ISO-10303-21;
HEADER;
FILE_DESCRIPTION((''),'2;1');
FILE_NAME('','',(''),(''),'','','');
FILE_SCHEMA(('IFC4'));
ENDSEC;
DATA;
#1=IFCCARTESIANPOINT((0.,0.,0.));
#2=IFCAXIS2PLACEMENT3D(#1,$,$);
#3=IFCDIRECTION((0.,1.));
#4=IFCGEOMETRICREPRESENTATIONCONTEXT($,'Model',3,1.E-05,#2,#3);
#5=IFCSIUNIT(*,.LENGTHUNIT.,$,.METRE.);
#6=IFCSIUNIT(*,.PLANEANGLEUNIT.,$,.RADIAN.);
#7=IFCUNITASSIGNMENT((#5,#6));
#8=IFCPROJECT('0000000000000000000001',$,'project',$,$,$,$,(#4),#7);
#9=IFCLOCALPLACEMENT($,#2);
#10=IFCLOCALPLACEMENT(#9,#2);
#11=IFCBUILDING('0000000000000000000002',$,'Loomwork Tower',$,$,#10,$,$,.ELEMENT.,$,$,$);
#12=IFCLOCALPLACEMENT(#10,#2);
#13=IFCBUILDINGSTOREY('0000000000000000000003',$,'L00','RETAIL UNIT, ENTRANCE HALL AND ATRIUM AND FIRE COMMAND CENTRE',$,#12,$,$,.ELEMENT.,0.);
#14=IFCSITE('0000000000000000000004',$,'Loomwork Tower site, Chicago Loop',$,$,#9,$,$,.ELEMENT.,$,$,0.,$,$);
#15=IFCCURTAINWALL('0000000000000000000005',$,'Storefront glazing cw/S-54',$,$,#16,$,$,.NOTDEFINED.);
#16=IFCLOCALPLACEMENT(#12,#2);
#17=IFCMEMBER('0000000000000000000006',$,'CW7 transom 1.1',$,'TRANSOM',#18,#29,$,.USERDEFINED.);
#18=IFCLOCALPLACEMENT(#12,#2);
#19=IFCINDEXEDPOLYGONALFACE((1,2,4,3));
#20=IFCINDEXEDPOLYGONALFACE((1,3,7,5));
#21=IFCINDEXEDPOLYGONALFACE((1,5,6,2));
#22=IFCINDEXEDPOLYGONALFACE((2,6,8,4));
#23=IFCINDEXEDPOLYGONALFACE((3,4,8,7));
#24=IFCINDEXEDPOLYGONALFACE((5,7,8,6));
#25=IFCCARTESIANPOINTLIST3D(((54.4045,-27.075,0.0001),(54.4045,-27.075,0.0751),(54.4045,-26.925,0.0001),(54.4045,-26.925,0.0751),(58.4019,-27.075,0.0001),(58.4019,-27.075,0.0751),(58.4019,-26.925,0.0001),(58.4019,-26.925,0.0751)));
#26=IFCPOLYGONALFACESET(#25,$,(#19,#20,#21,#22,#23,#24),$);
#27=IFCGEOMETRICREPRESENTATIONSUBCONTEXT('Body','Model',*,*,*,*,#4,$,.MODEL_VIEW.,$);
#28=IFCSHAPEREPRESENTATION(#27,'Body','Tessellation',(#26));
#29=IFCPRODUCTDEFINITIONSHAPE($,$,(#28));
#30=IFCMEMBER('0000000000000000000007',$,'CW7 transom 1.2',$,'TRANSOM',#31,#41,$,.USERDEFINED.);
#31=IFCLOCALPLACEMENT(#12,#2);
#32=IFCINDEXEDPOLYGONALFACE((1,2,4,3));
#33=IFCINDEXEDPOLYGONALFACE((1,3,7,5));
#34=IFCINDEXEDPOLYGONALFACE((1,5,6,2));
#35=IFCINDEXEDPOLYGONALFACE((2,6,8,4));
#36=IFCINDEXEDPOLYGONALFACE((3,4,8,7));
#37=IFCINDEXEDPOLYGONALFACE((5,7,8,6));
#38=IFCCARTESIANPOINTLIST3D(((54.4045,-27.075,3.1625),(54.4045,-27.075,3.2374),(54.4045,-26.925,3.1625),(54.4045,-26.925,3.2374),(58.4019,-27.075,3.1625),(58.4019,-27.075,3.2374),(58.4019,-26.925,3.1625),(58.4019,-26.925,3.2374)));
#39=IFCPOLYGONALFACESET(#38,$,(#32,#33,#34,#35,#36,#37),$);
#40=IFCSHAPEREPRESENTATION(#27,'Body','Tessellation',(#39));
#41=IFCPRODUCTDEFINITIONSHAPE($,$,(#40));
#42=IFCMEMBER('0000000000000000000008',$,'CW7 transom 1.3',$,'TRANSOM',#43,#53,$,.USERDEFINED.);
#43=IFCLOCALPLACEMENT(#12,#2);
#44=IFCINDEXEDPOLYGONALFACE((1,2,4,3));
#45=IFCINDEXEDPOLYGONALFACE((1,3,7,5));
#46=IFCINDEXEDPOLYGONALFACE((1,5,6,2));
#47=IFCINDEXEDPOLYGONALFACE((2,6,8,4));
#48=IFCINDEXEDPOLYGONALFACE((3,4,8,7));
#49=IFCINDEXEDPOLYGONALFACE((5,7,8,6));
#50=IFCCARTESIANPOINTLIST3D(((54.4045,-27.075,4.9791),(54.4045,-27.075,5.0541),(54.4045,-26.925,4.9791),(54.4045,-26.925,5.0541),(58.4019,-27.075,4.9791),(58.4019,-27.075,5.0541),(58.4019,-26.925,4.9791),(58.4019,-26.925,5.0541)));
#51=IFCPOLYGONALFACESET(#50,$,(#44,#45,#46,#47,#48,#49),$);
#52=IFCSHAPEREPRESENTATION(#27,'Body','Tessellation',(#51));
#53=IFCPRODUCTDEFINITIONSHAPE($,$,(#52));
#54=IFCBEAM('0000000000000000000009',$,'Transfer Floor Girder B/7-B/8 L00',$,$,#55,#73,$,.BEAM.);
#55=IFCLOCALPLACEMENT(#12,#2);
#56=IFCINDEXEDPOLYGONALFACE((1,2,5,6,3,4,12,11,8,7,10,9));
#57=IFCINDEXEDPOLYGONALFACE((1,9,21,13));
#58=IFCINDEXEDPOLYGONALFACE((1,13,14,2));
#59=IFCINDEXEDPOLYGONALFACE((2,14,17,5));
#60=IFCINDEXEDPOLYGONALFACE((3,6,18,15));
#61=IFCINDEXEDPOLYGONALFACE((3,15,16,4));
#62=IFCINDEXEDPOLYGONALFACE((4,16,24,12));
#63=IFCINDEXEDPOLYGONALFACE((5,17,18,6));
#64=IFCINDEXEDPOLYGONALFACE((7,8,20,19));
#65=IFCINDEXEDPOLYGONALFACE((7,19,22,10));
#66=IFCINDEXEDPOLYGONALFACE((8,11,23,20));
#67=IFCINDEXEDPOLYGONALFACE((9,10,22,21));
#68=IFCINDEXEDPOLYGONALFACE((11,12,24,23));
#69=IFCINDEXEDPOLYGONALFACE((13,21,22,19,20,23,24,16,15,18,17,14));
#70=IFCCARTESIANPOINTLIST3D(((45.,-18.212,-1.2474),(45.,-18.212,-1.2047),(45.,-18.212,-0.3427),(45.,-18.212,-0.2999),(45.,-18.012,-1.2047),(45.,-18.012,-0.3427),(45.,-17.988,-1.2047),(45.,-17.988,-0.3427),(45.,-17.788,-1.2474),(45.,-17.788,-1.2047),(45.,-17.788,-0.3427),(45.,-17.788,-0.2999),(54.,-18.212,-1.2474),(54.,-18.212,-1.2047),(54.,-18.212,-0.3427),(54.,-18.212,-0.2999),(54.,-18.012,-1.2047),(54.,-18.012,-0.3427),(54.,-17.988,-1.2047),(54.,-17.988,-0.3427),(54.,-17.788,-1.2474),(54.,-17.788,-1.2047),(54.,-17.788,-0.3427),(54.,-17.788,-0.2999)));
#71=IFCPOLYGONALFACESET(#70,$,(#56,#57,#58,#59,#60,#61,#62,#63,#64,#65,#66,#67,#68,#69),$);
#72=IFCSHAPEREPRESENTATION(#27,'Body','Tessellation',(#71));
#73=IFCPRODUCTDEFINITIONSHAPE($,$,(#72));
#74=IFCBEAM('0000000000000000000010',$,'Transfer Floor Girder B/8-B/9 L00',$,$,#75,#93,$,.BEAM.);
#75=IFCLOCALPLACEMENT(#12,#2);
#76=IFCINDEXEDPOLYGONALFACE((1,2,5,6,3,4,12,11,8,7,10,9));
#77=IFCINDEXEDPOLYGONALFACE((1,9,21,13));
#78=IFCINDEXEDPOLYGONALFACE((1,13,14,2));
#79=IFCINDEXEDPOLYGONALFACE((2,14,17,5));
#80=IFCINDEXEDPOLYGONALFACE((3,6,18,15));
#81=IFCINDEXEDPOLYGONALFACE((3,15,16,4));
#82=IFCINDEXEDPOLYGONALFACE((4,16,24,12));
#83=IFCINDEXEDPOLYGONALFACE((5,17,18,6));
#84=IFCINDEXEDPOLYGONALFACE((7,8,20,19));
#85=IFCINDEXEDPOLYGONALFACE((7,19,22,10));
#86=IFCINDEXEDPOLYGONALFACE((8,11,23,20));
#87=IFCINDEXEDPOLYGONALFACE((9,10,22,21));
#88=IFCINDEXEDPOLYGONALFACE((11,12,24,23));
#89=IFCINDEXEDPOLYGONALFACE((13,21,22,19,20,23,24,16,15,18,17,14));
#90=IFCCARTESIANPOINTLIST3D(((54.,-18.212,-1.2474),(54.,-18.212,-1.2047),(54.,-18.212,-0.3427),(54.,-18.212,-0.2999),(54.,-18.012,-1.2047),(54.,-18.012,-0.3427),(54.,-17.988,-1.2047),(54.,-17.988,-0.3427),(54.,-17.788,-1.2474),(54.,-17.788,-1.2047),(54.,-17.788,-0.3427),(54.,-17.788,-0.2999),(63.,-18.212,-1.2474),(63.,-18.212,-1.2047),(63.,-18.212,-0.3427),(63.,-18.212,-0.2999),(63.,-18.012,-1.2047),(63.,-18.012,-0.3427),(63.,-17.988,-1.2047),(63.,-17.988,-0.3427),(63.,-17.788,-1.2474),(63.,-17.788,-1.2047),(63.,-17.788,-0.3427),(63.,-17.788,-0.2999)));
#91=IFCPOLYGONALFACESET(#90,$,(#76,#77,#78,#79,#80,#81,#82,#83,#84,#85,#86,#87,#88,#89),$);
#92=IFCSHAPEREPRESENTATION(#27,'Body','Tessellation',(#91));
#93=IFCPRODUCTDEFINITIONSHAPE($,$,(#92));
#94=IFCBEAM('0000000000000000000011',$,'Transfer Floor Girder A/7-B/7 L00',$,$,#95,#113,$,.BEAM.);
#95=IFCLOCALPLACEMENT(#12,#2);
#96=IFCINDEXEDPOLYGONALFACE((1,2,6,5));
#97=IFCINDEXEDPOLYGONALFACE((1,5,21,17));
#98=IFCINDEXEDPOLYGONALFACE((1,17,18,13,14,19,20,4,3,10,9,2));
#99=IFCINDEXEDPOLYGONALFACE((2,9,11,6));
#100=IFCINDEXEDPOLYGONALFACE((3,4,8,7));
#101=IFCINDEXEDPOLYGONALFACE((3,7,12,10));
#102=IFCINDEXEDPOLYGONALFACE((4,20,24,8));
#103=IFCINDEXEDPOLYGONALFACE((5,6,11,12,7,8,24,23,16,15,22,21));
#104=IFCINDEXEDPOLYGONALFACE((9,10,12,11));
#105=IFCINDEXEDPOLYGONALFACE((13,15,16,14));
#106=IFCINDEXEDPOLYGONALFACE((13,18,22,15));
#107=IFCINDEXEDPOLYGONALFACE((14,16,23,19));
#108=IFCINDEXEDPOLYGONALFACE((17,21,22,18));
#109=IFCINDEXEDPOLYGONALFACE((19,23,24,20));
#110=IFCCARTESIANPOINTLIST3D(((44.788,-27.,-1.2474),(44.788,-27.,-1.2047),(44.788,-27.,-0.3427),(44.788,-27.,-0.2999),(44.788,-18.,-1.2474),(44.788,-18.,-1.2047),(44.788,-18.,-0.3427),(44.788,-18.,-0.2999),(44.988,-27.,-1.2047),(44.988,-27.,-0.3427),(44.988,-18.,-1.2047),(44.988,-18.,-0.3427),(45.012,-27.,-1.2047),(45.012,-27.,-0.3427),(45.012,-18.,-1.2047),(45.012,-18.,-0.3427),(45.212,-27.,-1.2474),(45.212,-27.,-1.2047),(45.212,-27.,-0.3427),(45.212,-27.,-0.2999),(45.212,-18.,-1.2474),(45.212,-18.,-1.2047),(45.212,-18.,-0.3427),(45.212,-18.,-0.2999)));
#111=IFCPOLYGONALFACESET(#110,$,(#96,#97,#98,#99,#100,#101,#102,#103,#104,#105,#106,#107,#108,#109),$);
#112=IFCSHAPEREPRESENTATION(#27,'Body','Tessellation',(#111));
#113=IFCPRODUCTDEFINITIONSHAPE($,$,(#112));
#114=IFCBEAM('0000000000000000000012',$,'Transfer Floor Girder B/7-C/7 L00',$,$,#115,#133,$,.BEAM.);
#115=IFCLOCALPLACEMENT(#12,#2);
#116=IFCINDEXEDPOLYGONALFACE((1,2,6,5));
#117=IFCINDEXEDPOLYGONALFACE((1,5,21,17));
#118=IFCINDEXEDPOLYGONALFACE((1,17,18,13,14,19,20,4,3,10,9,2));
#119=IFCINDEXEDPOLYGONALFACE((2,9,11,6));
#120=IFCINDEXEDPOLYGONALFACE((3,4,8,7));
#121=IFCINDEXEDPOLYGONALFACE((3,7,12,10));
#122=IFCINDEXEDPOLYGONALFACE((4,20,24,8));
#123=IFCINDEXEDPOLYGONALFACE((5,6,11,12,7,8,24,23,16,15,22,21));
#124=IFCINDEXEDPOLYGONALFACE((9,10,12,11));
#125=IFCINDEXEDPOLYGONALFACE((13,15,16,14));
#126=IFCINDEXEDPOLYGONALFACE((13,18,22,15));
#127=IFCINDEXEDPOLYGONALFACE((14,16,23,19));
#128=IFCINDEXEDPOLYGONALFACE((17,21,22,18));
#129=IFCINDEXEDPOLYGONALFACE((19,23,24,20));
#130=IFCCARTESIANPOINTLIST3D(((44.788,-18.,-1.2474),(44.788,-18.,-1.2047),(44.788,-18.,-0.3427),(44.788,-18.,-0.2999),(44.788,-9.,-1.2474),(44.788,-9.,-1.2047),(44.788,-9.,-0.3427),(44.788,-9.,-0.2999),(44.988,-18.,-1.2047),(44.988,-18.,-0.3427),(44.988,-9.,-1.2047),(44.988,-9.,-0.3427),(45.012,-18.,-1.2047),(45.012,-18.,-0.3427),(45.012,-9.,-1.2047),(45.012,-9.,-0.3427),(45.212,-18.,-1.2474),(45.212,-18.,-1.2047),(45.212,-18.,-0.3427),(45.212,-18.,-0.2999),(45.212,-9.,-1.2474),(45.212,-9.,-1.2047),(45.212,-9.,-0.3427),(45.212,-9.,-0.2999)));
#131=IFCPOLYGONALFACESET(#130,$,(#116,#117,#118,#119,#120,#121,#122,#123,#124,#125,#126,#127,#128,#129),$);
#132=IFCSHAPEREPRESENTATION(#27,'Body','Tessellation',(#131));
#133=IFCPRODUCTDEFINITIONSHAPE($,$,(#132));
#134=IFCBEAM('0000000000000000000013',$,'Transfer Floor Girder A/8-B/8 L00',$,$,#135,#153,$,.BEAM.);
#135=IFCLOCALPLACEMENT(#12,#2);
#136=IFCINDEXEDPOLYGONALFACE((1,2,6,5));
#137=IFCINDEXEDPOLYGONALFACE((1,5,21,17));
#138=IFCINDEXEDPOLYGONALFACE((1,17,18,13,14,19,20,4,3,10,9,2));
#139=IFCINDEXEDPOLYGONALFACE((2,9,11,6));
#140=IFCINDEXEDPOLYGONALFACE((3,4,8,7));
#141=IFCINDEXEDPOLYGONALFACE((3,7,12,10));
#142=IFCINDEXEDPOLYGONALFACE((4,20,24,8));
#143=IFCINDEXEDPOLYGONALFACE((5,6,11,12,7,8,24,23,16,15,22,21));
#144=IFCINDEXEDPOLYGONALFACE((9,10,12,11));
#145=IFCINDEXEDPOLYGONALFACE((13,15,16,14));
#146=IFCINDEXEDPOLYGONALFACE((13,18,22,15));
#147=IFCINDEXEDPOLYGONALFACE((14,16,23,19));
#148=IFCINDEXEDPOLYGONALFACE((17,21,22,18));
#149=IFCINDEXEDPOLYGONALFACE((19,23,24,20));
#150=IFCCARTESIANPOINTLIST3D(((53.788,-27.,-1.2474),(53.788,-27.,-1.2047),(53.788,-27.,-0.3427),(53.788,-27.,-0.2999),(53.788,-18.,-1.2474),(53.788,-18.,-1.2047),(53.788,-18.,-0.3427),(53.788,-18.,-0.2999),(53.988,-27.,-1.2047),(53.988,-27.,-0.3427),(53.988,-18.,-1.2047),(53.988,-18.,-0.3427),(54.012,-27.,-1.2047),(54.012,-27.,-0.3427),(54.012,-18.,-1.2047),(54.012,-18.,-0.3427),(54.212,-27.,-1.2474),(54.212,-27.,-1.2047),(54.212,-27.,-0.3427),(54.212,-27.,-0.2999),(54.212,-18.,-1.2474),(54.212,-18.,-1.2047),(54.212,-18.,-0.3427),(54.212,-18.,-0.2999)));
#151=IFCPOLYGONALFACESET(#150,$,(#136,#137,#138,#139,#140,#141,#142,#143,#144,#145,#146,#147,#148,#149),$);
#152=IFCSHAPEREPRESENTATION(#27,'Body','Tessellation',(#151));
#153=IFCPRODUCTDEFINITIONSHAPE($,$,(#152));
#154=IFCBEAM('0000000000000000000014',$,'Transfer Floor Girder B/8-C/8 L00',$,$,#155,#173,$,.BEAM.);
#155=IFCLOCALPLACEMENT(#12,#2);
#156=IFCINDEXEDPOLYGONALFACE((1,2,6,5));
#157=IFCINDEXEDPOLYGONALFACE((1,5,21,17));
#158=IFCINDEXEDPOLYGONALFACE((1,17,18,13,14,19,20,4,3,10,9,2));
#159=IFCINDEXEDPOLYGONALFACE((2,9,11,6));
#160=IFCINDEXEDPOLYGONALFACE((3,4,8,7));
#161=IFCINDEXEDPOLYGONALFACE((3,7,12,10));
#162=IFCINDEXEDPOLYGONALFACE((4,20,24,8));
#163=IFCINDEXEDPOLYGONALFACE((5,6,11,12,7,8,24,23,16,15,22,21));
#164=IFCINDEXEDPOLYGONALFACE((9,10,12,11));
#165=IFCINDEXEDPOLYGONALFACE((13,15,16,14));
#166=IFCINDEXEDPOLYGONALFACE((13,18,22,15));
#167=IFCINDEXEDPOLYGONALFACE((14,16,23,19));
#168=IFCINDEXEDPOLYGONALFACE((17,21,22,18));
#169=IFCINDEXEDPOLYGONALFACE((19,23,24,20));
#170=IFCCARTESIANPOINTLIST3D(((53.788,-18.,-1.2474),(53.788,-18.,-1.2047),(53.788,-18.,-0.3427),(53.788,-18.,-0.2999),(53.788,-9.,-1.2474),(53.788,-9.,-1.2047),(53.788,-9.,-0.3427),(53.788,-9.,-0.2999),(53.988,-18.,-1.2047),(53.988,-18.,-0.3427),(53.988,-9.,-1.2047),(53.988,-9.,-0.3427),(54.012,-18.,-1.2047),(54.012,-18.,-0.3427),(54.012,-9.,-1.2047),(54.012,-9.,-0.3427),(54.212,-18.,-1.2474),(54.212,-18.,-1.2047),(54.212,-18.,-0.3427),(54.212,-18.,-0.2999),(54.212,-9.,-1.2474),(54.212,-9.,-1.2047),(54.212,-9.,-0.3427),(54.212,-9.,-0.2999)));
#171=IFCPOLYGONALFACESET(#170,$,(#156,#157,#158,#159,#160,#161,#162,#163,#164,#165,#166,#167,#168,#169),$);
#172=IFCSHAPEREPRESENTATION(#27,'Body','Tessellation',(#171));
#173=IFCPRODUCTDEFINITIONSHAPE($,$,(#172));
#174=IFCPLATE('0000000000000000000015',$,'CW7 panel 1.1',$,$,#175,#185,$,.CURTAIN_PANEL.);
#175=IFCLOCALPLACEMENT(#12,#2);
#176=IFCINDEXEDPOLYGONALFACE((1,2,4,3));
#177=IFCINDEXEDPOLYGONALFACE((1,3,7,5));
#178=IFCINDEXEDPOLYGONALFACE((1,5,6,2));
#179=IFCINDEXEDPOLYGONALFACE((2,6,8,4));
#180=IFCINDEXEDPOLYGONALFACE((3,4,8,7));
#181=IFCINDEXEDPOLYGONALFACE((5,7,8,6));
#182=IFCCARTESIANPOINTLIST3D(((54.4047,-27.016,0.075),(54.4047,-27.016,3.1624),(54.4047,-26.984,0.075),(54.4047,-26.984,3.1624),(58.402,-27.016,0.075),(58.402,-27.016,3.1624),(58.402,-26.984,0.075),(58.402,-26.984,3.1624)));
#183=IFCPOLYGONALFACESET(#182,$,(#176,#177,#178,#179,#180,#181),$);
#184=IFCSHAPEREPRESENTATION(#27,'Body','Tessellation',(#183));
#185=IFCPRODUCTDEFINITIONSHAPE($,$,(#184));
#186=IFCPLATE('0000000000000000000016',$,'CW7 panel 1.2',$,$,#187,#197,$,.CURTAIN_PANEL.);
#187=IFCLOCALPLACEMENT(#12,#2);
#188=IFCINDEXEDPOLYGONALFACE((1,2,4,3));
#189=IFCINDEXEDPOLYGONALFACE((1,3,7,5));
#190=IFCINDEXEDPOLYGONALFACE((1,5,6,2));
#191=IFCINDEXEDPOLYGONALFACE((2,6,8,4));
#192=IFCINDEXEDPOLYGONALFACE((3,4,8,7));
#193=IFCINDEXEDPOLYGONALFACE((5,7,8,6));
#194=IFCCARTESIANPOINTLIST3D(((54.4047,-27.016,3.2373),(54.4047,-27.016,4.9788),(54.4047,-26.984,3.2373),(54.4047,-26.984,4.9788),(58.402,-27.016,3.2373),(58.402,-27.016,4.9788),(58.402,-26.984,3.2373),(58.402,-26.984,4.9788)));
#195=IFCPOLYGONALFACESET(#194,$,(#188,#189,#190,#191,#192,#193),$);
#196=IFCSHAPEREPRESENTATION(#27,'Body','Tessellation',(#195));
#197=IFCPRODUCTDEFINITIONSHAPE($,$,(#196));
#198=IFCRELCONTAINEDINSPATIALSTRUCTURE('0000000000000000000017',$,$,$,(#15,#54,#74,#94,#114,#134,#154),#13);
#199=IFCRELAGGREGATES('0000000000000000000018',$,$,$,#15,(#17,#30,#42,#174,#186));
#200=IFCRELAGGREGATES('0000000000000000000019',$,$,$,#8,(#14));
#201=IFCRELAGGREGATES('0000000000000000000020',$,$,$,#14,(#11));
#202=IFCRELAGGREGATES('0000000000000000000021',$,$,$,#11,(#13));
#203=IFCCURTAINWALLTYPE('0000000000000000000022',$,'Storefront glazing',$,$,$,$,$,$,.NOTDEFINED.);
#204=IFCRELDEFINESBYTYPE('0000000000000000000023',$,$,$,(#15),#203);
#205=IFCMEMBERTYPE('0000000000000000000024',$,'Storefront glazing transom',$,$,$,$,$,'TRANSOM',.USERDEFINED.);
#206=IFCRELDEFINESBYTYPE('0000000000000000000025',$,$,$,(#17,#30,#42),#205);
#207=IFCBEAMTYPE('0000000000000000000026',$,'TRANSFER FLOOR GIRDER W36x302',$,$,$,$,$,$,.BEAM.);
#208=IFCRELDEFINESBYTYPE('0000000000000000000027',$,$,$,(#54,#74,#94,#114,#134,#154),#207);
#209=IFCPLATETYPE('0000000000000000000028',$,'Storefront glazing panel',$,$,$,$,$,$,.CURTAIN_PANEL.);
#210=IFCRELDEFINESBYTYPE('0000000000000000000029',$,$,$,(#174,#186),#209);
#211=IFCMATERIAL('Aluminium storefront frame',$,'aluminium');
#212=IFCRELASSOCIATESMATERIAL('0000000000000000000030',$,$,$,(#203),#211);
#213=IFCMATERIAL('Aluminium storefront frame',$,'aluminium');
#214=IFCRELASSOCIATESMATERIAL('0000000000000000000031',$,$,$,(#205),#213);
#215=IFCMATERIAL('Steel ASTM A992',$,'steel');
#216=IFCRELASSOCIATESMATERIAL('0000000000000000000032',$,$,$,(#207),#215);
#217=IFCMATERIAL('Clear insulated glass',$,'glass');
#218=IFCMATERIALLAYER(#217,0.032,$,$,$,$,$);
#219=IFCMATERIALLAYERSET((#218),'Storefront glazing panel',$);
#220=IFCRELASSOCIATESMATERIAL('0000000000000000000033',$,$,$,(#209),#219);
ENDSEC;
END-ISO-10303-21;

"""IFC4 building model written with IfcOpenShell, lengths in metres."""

from ifc_helpers import new_model, si_unit, direction, frame, origin, origin_2d, place, context, subcontext, project, spatial, rectangle, i_section, extrude, material, layer, layer_set, material_profile, profile_set, type_object, element, aggregate, save


model = new_model("IFC4")

# Units and contexts
model_context = context("Model", 3, precision=1e-05, world=origin(), true_north=direction((0.0, 1.0)))
body_context = subcontext(model_context, "Body", "Model", "MODEL_VIEW")
ifc_project = project(units=[si_unit("LENGTHUNIT", "METRE"), si_unit("PLANEANGLEUNIT", "RADIAN")], contexts=[model_context])

# Site, building, storey
site_placement = place(None, origin())
site = spatial("IfcSite", under=ifc_project, at=site_placement, Name="Loomwork Tower site, Chicago Loop", CompositionType="ELEMENT", RefElevation=0.0)
building_placement = place(site_placement, origin())
building = spatial("IfcBuilding", under=site, at=building_placement, Name="Loomwork Tower", CompositionType="ELEMENT")
storey_placement = place(building_placement, origin())
storey = spatial("IfcBuildingStorey", under=building, at=storey_placement, Name="L00", Description="RETAIL UNIT, ENTRANCE HALL AND ATRIUM AND FIRE COMMAND CENTRE", CompositionType="ELEMENT", Elevation=0.0)

# Curtain wall, members
ifc_material_1 = material(Name="Aluminium storefront frame", Category="aluminium")
curtain_wall_type = type_object("IfcCurtainWallType", Name="Storefront glazing", PredefinedType="NOTDEFINED", material=ifc_material_1)
curtain_wall_placement = place(storey_placement, origin())
curtain_wall = element("IfcCurtainWall", 1, at=curtain_wall_placement, inside=storey, type_object=curtain_wall_type, Name="Storefront glazing cw/S-54", PredefinedType="NOTDEFINED")
ifc_material_2 = material(Name="Aluminium storefront frame", Category="aluminium")
ifc_material_profile_1 = material_profile(ifc_material_2, rectangle(XDim=0.1499, YDim=0.075, at=origin_2d()), Name="AL 75x150")
ifc_profile_set_1 = profile_set([ifc_material_profile_1], Name="Aluminium storefront frame")
member_type_1 = type_object("IfcMemberType", Name="Storefront glazing transom", ElementType="TRANSOM", PredefinedType="USERDEFINED", material=ifc_profile_set_1)
member_1_placement = place(storey_placement, frame((54.4045, -27.0, 0.0376), z_axis=(1.0, 0.0, 0.0), x_axis=(0.0, 1.0, 0.0)))
member_1 = element("IfcMember", 2, at=member_1_placement, type_object=member_type_1, Name="CW7 transom 1.1", ObjectType="TRANSOM", PredefinedType="USERDEFINED", context=body_context, shape_type="SweptSolid", body=[
    extrude(rectangle(XDim=0.1499, YDim=0.075, at=origin_2d()), origin(), (0.0, 0.0, 1.0), 3.9973),
])
member_2_placement = place(storey_placement, frame((54.4045, -27.0, 3.2), z_axis=(1.0, 0.0, 0.0), x_axis=(0.0, 1.0, 0.0)))
member_2 = element("IfcMember", 3, at=member_2_placement, type_object=member_type_1, Name="CW7 transom 1.2", ObjectType="TRANSOM", PredefinedType="USERDEFINED", context=body_context, shape_type="SweptSolid", body=[
    extrude(rectangle(XDim=0.1499, YDim=0.075, at=origin_2d()), origin(), (0.0, 0.0, 1.0), 3.9973),
])
member_3_placement = place(storey_placement, frame((54.4045, -27.0, 5.0166), z_axis=(1.0, 0.0, 0.0), x_axis=(0.0, 1.0, 0.0)))
member_3 = element("IfcMember", 4, at=member_3_placement, type_object=member_type_1, Name="CW7 transom 1.3", ObjectType="TRANSOM", PredefinedType="USERDEFINED", context=body_context, shape_type="SweptSolid", body=[
    extrude(rectangle(XDim=0.1499, YDim=0.075, at=origin_2d()), origin(), (0.0, 0.0, 1.0), 3.9973),
])

# Beams
ifc_material_3 = material(Name="Steel ASTM A992", Category="steel")
ifc_material_profile_2 = material_profile(ifc_material_3, i_section(OverallWidth=0.4241, OverallDepth=0.9475, WebThickness=0.0239, FlangeThickness=0.0427, at=origin_2d()), Name="W36x302")
ifc_profile_set_2 = profile_set([ifc_material_profile_2], Name="Steel ASTM A992")
beam_type_1 = type_object("IfcBeamType", Name="TRANSFER FLOOR GIRDER W36x302", PredefinedType="BEAM", material=ifc_profile_set_2)
for number, where, z_axis, x_axis, name in (
    (5, (45.0, -18.0, -0.7737), (1.0, 0.0, 0.0), (0.0, 1.0, 0.0), "Transfer Floor Girder B/7-B/8 L00"),
    (6, (54.0, -18.0, -0.7737), (1.0, 0.0, 0.0), (0.0, 1.0, 0.0), "Transfer Floor Girder B/8-B/9 L00"),
    (7, (45.0, -27.0, -0.7737), (0.0, 1.0, 0.0), (-1.0, 0.0, 0.0), "Transfer Floor Girder A/7-B/7 L00"),
    (8, (45.0, -18.0, -0.7737), (0.0, 1.0, 0.0), (-1.0, 0.0, 0.0), "Transfer Floor Girder B/7-C/7 L00"),
    (9, (54.0, -27.0, -0.7737), (0.0, 1.0, 0.0), (-1.0, 0.0, 0.0), "Transfer Floor Girder A/8-B/8 L00"),
    (10, (54.0, -18.0, -0.7737), (0.0, 1.0, 0.0), (-1.0, 0.0, 0.0), "Transfer Floor Girder B/8-C/8 L00"),
):
    element("IfcBeam", number, at=place(storey_placement, frame(where, z_axis=z_axis, x_axis=x_axis)), inside=storey, type_object=beam_type_1, Name=name, PredefinedType="BEAM", context=body_context, shape_type="SweptSolid", body=[
        extrude(i_section(OverallWidth=0.4241, OverallDepth=0.9475, WebThickness=0.0239, FlangeThickness=0.0427, at=origin_2d()), origin(), (0.0, 0.0, 1.0), 9.0),
    ])

# Plates
ifc_material_4 = material(Name="Clear insulated glass", Category="glass")
ifc_layer_1 = layer(ifc_material_4, 0.032)
ifc_layer_set_1 = layer_set([ifc_layer_1], Name="Storefront glazing panel")
plate_type = type_object("IfcPlateType", Name="Storefront glazing panel", PredefinedType="CURTAIN_PANEL", material=ifc_layer_set_1)
plate_1_placement = place(storey_placement, frame((56.4033, -27.0, 0.075), z_axis=(0.0, 0.0, 1.0), x_axis=(1.0, 0.0, 0.0)))
plate_1 = element("IfcPlate", 11, at=plate_1_placement, type_object=plate_type, Name="CW7 panel 1.1", PredefinedType="CURTAIN_PANEL", context=body_context, shape_type="SweptSolid", body=[
    extrude(rectangle(XDim=3.9973, YDim=0.032, at=origin_2d()), origin(), (0.0, 0.0, 1.0), 3.0874),
])
plate_2_placement = place(storey_placement, frame((56.4033, -27.0, 3.2373), z_axis=(0.0, 0.0, 1.0), x_axis=(1.0, 0.0, 0.0)))
plate_2 = element("IfcPlate", 12, at=plate_2_placement, type_object=plate_type, Name="CW7 panel 1.2", PredefinedType="CURTAIN_PANEL", context=body_context, shape_type="SweptSolid", body=[
    extrude(rectangle(XDim=3.9973, YDim=0.032, at=origin_2d()), origin(), (0.0, 0.0, 1.0), 1.7415),
])
aggregate(curtain_wall, [member_1, member_2, member_3, plate_1, plate_2])

save(model, "model.ifc")
